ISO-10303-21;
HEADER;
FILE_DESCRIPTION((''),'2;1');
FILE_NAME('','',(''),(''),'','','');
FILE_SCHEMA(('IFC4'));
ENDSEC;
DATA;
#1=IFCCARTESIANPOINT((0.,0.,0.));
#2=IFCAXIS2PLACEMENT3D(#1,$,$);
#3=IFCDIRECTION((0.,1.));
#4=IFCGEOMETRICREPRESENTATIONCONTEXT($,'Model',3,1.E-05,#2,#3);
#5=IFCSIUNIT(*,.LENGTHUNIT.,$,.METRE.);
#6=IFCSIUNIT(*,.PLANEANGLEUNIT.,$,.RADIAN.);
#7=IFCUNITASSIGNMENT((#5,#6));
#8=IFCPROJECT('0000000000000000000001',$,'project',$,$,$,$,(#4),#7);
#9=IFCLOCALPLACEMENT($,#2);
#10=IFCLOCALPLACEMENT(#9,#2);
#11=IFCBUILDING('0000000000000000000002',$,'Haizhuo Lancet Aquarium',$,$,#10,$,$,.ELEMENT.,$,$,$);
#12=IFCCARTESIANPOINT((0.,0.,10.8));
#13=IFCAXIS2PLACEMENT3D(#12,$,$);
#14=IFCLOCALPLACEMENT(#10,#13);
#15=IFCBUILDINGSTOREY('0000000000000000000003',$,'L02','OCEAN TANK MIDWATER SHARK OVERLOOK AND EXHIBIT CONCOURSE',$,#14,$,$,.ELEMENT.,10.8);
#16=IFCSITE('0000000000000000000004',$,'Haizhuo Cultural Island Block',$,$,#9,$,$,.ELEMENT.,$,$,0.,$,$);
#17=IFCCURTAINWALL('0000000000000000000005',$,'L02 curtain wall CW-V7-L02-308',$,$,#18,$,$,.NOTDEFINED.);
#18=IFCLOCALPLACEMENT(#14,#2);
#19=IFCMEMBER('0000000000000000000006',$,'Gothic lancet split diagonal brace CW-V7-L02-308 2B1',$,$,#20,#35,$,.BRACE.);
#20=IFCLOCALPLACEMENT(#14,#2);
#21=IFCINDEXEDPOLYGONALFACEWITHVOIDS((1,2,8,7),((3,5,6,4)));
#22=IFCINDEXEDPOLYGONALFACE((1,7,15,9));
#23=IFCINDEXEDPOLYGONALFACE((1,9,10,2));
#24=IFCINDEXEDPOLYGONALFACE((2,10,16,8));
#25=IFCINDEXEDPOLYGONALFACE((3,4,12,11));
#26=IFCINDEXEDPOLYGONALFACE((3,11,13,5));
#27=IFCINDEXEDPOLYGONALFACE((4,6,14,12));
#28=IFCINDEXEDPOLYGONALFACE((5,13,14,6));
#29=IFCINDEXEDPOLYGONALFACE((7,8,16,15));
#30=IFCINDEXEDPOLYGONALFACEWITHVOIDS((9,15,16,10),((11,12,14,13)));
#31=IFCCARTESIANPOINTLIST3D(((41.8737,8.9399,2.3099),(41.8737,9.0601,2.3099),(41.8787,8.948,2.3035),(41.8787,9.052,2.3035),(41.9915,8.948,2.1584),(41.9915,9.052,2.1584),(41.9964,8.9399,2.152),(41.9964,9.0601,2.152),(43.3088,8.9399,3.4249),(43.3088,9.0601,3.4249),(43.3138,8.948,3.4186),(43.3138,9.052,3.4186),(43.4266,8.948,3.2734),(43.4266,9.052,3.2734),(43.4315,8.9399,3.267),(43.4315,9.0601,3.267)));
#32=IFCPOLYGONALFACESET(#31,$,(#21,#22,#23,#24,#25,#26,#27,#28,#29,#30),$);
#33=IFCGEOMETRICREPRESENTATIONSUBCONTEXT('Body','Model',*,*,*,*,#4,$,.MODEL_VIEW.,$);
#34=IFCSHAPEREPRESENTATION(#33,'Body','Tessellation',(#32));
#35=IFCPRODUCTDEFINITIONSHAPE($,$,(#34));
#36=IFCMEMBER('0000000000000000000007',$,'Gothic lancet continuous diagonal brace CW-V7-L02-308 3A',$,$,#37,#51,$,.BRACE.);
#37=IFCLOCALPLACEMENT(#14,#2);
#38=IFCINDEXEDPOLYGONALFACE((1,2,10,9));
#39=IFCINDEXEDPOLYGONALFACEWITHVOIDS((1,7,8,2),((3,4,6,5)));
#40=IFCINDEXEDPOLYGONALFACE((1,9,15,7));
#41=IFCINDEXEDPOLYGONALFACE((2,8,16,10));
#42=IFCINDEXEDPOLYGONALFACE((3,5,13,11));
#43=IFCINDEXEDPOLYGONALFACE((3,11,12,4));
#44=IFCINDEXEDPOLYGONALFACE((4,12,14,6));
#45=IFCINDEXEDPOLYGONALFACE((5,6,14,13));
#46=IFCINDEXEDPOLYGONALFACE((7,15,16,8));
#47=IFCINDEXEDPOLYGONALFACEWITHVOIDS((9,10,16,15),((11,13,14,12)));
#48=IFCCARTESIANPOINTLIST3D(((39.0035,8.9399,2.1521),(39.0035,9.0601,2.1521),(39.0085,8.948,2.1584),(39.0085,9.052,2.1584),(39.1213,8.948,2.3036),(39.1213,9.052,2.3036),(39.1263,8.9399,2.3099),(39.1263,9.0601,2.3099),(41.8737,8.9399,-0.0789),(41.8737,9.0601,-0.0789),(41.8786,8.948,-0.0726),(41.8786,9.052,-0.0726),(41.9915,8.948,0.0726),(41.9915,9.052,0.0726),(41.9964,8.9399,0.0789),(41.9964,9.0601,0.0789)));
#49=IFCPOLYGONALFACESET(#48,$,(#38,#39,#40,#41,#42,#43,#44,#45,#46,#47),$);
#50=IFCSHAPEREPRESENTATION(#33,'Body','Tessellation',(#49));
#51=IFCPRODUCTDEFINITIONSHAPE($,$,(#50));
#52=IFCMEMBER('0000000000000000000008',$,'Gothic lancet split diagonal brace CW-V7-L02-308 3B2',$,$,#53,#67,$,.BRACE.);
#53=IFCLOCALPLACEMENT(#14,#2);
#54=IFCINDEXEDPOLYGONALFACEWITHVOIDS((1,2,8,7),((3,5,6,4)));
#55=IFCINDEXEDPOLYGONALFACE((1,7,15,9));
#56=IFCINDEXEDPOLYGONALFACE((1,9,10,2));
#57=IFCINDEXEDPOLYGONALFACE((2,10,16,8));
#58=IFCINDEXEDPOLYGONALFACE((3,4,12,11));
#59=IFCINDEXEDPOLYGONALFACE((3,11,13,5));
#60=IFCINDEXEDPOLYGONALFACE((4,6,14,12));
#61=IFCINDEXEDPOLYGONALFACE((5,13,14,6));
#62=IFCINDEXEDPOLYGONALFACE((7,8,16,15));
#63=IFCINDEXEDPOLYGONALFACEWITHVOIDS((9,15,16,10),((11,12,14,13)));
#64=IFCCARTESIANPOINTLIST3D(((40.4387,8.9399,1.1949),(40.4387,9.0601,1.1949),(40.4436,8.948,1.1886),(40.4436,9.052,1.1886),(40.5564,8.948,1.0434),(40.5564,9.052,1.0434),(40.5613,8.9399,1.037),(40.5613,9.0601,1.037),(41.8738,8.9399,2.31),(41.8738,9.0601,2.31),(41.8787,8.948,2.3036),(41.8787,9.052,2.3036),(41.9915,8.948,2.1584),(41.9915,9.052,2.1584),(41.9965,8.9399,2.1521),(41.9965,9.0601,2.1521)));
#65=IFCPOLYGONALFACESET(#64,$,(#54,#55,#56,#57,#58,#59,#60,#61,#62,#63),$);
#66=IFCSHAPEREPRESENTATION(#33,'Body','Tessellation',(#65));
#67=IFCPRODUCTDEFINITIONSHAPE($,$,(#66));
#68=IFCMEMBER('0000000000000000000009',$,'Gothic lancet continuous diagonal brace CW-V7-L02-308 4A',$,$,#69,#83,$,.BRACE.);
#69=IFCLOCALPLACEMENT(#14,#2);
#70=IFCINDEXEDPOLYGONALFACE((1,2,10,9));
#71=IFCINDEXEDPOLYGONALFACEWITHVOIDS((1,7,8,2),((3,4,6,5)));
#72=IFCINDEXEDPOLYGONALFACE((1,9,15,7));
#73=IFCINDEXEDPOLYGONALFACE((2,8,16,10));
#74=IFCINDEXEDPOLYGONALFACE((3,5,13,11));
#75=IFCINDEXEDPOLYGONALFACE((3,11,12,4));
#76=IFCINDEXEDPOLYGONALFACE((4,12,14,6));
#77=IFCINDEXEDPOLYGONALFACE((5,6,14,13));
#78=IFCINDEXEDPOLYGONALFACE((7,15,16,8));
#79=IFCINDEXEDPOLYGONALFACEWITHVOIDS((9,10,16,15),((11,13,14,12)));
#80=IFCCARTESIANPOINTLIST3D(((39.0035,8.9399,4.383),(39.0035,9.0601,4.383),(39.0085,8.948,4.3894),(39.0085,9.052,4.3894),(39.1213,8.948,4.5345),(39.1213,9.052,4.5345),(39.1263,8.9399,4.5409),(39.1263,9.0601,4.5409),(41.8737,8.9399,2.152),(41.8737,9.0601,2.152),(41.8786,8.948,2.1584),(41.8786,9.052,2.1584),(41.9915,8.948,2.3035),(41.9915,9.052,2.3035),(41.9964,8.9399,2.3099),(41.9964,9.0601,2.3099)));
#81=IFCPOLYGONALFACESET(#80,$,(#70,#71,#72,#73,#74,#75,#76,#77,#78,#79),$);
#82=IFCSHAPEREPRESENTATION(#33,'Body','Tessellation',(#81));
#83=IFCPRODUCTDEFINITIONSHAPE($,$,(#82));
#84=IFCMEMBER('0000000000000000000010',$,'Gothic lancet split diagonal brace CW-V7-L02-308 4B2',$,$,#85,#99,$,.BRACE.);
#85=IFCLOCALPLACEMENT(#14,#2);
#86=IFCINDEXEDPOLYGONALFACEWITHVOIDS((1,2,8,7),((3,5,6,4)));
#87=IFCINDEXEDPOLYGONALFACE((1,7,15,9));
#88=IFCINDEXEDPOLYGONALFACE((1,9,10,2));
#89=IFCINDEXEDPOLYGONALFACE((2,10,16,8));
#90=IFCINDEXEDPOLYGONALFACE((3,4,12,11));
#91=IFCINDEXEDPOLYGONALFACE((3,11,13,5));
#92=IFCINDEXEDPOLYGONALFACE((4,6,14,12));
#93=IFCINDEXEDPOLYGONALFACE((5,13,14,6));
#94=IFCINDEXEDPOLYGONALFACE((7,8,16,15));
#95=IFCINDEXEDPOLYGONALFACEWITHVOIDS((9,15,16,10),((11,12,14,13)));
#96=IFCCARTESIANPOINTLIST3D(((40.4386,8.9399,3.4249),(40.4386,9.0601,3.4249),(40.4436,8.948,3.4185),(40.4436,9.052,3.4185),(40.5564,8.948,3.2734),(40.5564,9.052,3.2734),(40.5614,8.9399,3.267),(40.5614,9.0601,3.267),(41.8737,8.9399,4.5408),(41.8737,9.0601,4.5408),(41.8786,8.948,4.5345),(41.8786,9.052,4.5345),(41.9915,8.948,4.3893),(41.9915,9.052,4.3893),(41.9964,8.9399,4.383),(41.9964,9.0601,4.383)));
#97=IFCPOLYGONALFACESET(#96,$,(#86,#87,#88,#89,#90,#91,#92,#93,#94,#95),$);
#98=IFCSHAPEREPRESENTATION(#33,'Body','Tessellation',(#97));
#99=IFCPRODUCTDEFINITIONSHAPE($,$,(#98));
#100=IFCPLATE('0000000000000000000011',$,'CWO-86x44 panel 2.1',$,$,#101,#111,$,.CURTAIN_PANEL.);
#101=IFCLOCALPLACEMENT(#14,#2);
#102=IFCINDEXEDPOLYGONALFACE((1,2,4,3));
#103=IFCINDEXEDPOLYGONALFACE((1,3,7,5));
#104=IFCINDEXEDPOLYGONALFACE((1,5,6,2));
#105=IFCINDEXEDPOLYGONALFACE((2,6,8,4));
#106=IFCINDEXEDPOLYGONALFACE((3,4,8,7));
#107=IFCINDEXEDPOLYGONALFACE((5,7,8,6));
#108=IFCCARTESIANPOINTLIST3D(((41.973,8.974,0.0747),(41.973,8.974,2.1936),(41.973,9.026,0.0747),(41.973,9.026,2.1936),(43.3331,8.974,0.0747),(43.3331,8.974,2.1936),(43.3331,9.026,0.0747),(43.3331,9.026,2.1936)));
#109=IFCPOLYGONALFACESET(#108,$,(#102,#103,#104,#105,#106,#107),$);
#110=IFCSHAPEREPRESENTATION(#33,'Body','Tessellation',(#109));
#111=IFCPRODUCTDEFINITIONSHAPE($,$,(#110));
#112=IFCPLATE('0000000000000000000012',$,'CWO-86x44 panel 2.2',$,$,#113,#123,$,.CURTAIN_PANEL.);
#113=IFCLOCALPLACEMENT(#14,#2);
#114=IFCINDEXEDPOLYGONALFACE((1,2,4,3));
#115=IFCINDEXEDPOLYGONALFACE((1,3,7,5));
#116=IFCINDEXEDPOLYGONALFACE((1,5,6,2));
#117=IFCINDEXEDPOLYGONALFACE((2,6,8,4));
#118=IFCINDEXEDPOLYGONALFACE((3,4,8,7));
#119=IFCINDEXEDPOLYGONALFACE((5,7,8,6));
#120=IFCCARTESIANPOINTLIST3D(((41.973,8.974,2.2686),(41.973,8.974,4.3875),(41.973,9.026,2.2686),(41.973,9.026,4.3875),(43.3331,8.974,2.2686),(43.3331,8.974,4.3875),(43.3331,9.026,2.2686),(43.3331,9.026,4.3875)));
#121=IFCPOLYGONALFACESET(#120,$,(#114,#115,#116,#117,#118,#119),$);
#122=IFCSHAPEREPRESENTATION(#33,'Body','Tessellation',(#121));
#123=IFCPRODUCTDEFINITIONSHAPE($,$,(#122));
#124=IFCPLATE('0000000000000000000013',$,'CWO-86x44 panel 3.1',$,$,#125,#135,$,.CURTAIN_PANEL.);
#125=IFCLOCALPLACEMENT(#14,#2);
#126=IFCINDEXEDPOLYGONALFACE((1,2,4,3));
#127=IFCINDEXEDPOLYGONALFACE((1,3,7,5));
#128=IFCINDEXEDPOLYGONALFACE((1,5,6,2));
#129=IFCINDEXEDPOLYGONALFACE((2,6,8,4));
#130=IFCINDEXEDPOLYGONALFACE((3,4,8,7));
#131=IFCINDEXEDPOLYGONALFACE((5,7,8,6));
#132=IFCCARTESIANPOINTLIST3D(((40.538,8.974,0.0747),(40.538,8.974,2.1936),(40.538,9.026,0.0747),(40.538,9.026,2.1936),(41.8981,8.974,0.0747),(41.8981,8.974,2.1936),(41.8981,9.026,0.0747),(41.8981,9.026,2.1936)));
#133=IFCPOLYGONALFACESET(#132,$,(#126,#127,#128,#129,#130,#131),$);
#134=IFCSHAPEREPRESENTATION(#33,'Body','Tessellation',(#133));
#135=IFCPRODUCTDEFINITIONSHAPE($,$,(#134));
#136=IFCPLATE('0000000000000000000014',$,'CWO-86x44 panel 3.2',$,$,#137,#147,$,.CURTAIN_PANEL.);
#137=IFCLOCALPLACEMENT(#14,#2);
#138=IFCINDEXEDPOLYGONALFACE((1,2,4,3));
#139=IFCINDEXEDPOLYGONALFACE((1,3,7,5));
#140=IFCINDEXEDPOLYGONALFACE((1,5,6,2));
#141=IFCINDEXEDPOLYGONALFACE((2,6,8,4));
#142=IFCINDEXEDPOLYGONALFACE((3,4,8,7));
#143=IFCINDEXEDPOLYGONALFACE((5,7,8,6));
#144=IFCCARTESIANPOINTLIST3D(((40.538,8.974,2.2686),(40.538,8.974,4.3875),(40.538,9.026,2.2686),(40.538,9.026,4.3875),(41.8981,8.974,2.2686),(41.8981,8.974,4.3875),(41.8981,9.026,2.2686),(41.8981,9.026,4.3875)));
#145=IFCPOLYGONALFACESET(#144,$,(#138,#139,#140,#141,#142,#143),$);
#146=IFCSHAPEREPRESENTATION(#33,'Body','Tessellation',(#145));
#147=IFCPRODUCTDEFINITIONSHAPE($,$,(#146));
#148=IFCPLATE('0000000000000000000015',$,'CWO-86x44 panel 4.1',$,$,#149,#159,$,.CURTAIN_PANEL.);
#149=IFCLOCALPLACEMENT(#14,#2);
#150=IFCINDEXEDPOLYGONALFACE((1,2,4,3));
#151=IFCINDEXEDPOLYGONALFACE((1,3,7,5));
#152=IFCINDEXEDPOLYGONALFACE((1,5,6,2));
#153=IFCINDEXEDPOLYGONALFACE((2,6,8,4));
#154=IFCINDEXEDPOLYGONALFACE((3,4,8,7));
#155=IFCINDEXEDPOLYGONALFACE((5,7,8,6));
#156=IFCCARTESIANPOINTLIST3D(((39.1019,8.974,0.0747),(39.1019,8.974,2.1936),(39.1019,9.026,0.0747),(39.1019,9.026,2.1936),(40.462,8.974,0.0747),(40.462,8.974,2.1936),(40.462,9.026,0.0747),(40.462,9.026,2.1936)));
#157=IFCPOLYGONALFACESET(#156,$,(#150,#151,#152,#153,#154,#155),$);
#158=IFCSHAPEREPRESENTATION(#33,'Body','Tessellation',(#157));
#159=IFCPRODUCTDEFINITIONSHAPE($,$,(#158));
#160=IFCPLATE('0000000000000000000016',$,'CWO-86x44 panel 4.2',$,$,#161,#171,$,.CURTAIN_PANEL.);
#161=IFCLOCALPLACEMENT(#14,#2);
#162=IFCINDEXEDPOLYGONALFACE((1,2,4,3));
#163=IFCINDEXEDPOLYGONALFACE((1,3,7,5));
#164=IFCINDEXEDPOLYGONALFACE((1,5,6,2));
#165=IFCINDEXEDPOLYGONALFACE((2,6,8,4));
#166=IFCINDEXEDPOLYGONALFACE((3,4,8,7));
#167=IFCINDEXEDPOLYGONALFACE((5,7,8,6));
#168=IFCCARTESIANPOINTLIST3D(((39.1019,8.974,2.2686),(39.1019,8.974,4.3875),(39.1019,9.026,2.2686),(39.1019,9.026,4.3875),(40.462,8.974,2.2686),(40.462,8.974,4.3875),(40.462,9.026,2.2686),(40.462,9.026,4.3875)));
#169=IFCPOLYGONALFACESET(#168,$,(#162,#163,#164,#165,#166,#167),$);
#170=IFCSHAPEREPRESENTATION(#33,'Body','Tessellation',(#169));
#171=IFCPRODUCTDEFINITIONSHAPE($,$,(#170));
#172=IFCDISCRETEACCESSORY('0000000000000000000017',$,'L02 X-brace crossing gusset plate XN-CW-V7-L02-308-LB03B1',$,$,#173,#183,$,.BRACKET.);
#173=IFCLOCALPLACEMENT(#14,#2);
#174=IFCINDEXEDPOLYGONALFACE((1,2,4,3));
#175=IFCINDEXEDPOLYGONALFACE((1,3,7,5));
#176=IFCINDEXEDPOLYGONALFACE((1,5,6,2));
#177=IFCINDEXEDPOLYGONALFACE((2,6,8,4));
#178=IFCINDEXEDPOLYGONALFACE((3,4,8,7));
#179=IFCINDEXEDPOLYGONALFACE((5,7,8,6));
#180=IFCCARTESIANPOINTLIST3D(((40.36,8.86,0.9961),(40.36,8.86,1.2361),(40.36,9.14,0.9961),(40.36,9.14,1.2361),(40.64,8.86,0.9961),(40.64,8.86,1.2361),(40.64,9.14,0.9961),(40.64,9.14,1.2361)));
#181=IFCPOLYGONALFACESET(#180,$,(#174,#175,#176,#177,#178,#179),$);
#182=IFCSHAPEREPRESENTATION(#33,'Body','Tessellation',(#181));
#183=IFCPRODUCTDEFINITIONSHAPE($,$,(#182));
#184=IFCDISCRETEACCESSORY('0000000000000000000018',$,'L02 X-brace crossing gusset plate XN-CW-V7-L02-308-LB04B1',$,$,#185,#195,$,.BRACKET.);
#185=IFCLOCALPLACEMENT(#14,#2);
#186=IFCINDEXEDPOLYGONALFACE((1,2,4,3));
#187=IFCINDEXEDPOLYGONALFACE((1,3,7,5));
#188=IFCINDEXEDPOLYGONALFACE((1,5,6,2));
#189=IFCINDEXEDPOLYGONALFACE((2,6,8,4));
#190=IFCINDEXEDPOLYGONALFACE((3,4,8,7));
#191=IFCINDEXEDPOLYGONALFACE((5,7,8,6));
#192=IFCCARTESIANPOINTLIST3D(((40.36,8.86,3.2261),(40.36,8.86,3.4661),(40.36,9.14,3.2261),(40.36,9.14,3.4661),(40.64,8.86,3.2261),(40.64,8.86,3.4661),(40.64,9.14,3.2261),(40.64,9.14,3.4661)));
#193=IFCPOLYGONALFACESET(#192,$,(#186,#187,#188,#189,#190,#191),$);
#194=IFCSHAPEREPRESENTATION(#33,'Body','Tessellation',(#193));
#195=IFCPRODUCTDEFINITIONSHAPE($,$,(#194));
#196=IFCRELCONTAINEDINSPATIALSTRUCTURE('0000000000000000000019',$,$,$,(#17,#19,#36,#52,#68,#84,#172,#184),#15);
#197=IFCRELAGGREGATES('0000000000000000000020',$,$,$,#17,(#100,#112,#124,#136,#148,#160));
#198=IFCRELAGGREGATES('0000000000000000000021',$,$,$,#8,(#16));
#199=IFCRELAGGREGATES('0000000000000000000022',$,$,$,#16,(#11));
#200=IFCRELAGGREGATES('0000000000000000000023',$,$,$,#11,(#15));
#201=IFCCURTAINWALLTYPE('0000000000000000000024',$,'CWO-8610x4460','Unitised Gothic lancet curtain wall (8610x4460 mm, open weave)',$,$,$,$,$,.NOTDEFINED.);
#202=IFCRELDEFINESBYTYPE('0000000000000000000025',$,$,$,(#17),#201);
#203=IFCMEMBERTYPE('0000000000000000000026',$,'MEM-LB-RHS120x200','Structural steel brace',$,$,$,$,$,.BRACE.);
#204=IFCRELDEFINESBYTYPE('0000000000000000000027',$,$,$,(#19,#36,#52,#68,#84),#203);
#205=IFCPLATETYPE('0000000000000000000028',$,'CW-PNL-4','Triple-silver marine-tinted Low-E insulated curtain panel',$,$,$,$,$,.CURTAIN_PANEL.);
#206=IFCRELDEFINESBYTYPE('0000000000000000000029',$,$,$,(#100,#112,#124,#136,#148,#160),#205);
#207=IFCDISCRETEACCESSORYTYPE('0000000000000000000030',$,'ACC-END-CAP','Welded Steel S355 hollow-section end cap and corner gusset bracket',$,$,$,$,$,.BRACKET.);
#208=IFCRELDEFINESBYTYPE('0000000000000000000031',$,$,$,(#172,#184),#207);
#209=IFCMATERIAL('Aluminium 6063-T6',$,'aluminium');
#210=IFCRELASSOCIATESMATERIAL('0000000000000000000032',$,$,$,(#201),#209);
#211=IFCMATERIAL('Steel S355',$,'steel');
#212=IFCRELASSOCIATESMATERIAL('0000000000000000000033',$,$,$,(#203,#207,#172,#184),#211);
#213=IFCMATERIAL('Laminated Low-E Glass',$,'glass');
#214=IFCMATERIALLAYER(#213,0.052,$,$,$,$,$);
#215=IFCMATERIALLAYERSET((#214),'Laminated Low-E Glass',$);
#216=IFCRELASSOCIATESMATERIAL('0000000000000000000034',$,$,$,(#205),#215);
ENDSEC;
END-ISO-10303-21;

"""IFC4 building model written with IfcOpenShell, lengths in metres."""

from ifc_helpers import new_model, si_unit, direction, frame, origin, origin_2d, place, context, subcontext, project, spatial, rectangle, hollow_rectangle, extrude, material, layer, layer_set, material_profile, profile_set, type_object, element, aggregate, save


model = new_model("IFC4")

# Units and contexts
model_context = context("Model", 3, precision=1e-05, world=origin(), true_north=direction((0.0, 1.0)))
body_context = subcontext(model_context, "Body", "Model", "MODEL_VIEW")
ifc_project = project(units=[si_unit("LENGTHUNIT", "METRE"), si_unit("PLANEANGLEUNIT", "RADIAN")], contexts=[model_context])

# Site, building, storey
site_placement = place(None, origin())
site = spatial("IfcSite", under=ifc_project, at=site_placement, Name="Haizhuo Cultural Island Block", CompositionType="ELEMENT", RefElevation=0.0)
building_placement = place(site_placement, origin())
building = spatial("IfcBuilding", under=site, at=building_placement, Name="Haizhuo Lancet Aquarium", CompositionType="ELEMENT")
storey_placement = place(building_placement, frame((0.0, 0.0, 10.8)))
storey = spatial("IfcBuildingStorey", under=building, at=storey_placement, Name="L02", Description="OCEAN TANK MIDWATER SHARK OVERLOOK AND EXHIBIT CONCOURSE", CompositionType="ELEMENT", Elevation=10.8)

# Curtain wall
ifc_material_1 = material(Name="Aluminium 6063-T6", Category="aluminium")
curtain_wall_type = type_object("IfcCurtainWallType", Name="CWO-8610x4460", Description="Unitised Gothic lancet curtain wall (8610x4460 mm, open weave)", PredefinedType="NOTDEFINED", material=ifc_material_1)
curtain_wall_placement = place(storey_placement, origin())
curtain_wall = element("IfcCurtainWall", 1, at=curtain_wall_placement, inside=storey, type_object=curtain_wall_type, Name="L02 curtain wall CW-V7-L02-308", PredefinedType="NOTDEFINED")

# Members
ifc_material_2 = material(Name="Steel S355", Category="steel")
ifc_material_profile_1 = material_profile(ifc_material_2, hollow_rectangle(XDim=0.1201, YDim=0.2, WallThickness=0.0081, at=origin_2d()), Name="RHS 120x200x8")
ifc_profile_set_1 = profile_set([ifc_material_profile_1], Name="Steel S355")
member_type_1 = type_object("IfcMemberType", Name="MEM-LB-RHS120x200", Description="Structural steel brace", PredefinedType="BRACE", material=ifc_profile_set_1)
member_1_placement = place(storey_placement, frame((41.9351, 9.0, 2.231), z_axis=(0.789663, 0.0, 0.613541), x_axis=(0.0, 1.0, 0.0)))
element("IfcMember", 2, at=member_1_placement, inside=storey, type_object=member_type_1, Name="Gothic lancet split diagonal brace CW-V7-L02-308 2B1", PredefinedType="BRACE", context=body_context, shape_type="SweptSolid", body=[
    extrude(hollow_rectangle(XDim=0.1201, YDim=0.2, WallThickness=0.0081, at=origin_2d()), origin(), (0.0, 0.0, 1.0), 1.8174),
])
member_2_placement = place(storey_placement, frame((41.9351, 9.0, 0.0), z_axis=(-0.789533, 0.0, 0.613708), x_axis=(0.0, -1.0, 0.0)))
element("IfcMember", 3, at=member_2_placement, inside=storey, type_object=member_type_1, Name="Gothic lancet continuous diagonal brace CW-V7-L02-308 3A", PredefinedType="BRACE", context=body_context, shape_type="SweptSolid", body=[
    extrude(hollow_rectangle(XDim=0.1201, YDim=0.2, WallThickness=0.0081, at=origin_2d()), origin(), (0.0, 0.0, 1.0), 3.6353),
])
member_3_placement = place(storey_placement, frame((40.5, 9.0, 1.116), z_axis=(0.789663, 0.0, 0.613541), x_axis=(0.0, 1.0, 0.0)))
element("IfcMember", 4, at=member_3_placement, inside=storey, type_object=member_type_1, Name="Gothic lancet split diagonal brace CW-V7-L02-308 3B2", PredefinedType="BRACE", context=body_context, shape_type="SweptSolid", body=[
    extrude(hollow_rectangle(XDim=0.1201, YDim=0.2, WallThickness=0.0081, at=origin_2d()), origin(), (0.0, 0.0, 1.0), 1.8174),
])
member_4_placement = place(storey_placement, frame((41.9351, 9.0, 2.231), z_axis=(-0.789533, 0.0, 0.613708), x_axis=(0.0, -1.0, 0.0)))
element("IfcMember", 5, at=member_4_placement, inside=storey, type_object=member_type_1, Name="Gothic lancet continuous diagonal brace CW-V7-L02-308 4A", PredefinedType="BRACE", context=body_context, shape_type="SweptSolid", body=[
    extrude(hollow_rectangle(XDim=0.1201, YDim=0.2, WallThickness=0.0081, at=origin_2d()), origin(), (0.0, 0.0, 1.0), 3.6353),
])
member_5_placement = place(storey_placement, frame((40.5, 9.0, 3.3459), z_axis=(0.789403, 0.0, 0.613876), x_axis=(0.0, 1.0, 0.0)))
element("IfcMember", 6, at=member_5_placement, inside=storey, type_object=member_type_1, Name="Gothic lancet split diagonal brace CW-V7-L02-308 4B2", PredefinedType="BRACE", context=body_context, shape_type="SweptSolid", body=[
    extrude(hollow_rectangle(XDim=0.1201, YDim=0.2, WallThickness=0.0081, at=origin_2d()), origin(), (0.0, 0.0, 1.0), 1.8179),
])

# Plates
ifc_material_3 = material(Name="Laminated Low-E Glass", Category="glass")
ifc_layer = layer(ifc_material_3, 0.052)
ifc_layer_set = layer_set([ifc_layer], Name="Laminated Low-E Glass")
plate_type = type_object("IfcPlateType", Name="CW-PNL-4", Description="Triple-silver marine-tinted Low-E insulated curtain panel", PredefinedType="CURTAIN_PANEL", material=ifc_layer_set)
plate_1_placement = place(storey_placement, frame((42.6531, 9.0, 0.0747), z_axis=(0.0, 0.0, 1.0), x_axis=(-1.0, 0.0, 0.0)))
plate_1 = element("IfcPlate", 7, at=plate_1_placement, type_object=plate_type, Name="CWO-86x44 panel 2.1", PredefinedType="CURTAIN_PANEL", context=body_context, shape_type="SweptSolid", body=[
    extrude(rectangle(XDim=1.3601, YDim=0.052, at=origin_2d()), origin(), (0.0, 0.0, 1.0), 2.1189),
])
plate_2_placement = place(storey_placement, frame((42.6531, 9.0, 2.2686), z_axis=(0.0, 0.0, 1.0), x_axis=(-1.0, 0.0, 0.0)))
plate_2 = element("IfcPlate", 8, at=plate_2_placement, type_object=plate_type, Name="CWO-86x44 panel 2.2", PredefinedType="CURTAIN_PANEL", context=body_context, shape_type="SweptSolid", body=[
    extrude(rectangle(XDim=1.3601, YDim=0.052, at=origin_2d()), origin(), (0.0, 0.0, 1.0), 2.1189),
])
plate_3_placement = place(storey_placement, frame((41.218, 9.0, 0.0747), z_axis=(0.0, 0.0, 1.0), x_axis=(-1.0, 0.0, 0.0)))
plate_3 = element("IfcPlate", 9, at=plate_3_placement, type_object=plate_type, Name="CWO-86x44 panel 3.1", PredefinedType="CURTAIN_PANEL", context=body_context, shape_type="SweptSolid", body=[
    extrude(rectangle(XDim=1.3601, YDim=0.052, at=origin_2d()), origin(), (0.0, 0.0, 1.0), 2.1189),
])
plate_4_placement = place(storey_placement, frame((41.218, 9.0, 2.2686), z_axis=(0.0, 0.0, 1.0), x_axis=(-1.0, 0.0, 0.0)))
plate_4 = element("IfcPlate", 10, at=plate_4_placement, type_object=plate_type, Name="CWO-86x44 panel 3.2", PredefinedType="CURTAIN_PANEL", context=body_context, shape_type="SweptSolid", body=[
    extrude(rectangle(XDim=1.3601, YDim=0.052, at=origin_2d()), origin(), (0.0, 0.0, 1.0), 2.1189),
])
plate_5_placement = place(storey_placement, frame((39.782, 9.0, 0.0747), z_axis=(0.0, 0.0, 1.0), x_axis=(-1.0, 0.0, 0.0)))
plate_5 = element("IfcPlate", 11, at=plate_5_placement, type_object=plate_type, Name="CWO-86x44 panel 4.1", PredefinedType="CURTAIN_PANEL", context=body_context, shape_type="SweptSolid", body=[
    extrude(rectangle(XDim=1.3601, YDim=0.052, at=origin_2d()), origin(), (0.0, 0.0, 1.0), 2.1189),
])
plate_6_placement = place(storey_placement, frame((39.782, 9.0, 2.2686), z_axis=(0.0, 0.0, 1.0), x_axis=(-1.0, 0.0, 0.0)))
plate_6 = element("IfcPlate", 12, at=plate_6_placement, type_object=plate_type, Name="CWO-86x44 panel 4.2", PredefinedType="CURTAIN_PANEL", context=body_context, shape_type="SweptSolid", body=[
    extrude(rectangle(XDim=1.3601, YDim=0.052, at=origin_2d()), origin(), (0.0, 0.0, 1.0), 2.1189),
])
aggregate(curtain_wall, [plate_1, plate_2, plate_3, plate_4, plate_5, plate_6])

# Discrete accessories
discrete_accessory_type = type_object("IfcDiscreteAccessoryType", Name="ACC-END-CAP", Description="Welded Steel S355 hollow-section end cap and corner gusset bracket", PredefinedType="BRACKET", material=ifc_material_2)
for number, where, z_axis, x_axis, name in (
    (13, (40.5, 9.0, 0.9961), (0.0, 0.0, 1.0), (1.0, 0.0, 0.0), "L02 X-brace crossing gusset plate XN-CW-V7-L02-308-LB03B1"),
    (14, (40.5, 9.0, 3.2261), (0.0, 0.0, 1.0), (1.0, 0.0, 0.0), "L02 X-brace crossing gusset plate XN-CW-V7-L02-308-LB04B1"),
):
    element("IfcDiscreteAccessory", number, at=place(storey_placement, frame(where, z_axis=z_axis, x_axis=x_axis)), inside=storey, type_object=discrete_accessory_type, material=ifc_material_2, Name=name, PredefinedType="BRACKET", context=body_context, shape_type="SweptSolid", body=[
        extrude(rectangle(XDim=0.28, YDim=0.28, at=origin_2d()), origin(), (0.0, 0.0, 1.0), 0.24),
    ])

save(model, "model.ifc")
